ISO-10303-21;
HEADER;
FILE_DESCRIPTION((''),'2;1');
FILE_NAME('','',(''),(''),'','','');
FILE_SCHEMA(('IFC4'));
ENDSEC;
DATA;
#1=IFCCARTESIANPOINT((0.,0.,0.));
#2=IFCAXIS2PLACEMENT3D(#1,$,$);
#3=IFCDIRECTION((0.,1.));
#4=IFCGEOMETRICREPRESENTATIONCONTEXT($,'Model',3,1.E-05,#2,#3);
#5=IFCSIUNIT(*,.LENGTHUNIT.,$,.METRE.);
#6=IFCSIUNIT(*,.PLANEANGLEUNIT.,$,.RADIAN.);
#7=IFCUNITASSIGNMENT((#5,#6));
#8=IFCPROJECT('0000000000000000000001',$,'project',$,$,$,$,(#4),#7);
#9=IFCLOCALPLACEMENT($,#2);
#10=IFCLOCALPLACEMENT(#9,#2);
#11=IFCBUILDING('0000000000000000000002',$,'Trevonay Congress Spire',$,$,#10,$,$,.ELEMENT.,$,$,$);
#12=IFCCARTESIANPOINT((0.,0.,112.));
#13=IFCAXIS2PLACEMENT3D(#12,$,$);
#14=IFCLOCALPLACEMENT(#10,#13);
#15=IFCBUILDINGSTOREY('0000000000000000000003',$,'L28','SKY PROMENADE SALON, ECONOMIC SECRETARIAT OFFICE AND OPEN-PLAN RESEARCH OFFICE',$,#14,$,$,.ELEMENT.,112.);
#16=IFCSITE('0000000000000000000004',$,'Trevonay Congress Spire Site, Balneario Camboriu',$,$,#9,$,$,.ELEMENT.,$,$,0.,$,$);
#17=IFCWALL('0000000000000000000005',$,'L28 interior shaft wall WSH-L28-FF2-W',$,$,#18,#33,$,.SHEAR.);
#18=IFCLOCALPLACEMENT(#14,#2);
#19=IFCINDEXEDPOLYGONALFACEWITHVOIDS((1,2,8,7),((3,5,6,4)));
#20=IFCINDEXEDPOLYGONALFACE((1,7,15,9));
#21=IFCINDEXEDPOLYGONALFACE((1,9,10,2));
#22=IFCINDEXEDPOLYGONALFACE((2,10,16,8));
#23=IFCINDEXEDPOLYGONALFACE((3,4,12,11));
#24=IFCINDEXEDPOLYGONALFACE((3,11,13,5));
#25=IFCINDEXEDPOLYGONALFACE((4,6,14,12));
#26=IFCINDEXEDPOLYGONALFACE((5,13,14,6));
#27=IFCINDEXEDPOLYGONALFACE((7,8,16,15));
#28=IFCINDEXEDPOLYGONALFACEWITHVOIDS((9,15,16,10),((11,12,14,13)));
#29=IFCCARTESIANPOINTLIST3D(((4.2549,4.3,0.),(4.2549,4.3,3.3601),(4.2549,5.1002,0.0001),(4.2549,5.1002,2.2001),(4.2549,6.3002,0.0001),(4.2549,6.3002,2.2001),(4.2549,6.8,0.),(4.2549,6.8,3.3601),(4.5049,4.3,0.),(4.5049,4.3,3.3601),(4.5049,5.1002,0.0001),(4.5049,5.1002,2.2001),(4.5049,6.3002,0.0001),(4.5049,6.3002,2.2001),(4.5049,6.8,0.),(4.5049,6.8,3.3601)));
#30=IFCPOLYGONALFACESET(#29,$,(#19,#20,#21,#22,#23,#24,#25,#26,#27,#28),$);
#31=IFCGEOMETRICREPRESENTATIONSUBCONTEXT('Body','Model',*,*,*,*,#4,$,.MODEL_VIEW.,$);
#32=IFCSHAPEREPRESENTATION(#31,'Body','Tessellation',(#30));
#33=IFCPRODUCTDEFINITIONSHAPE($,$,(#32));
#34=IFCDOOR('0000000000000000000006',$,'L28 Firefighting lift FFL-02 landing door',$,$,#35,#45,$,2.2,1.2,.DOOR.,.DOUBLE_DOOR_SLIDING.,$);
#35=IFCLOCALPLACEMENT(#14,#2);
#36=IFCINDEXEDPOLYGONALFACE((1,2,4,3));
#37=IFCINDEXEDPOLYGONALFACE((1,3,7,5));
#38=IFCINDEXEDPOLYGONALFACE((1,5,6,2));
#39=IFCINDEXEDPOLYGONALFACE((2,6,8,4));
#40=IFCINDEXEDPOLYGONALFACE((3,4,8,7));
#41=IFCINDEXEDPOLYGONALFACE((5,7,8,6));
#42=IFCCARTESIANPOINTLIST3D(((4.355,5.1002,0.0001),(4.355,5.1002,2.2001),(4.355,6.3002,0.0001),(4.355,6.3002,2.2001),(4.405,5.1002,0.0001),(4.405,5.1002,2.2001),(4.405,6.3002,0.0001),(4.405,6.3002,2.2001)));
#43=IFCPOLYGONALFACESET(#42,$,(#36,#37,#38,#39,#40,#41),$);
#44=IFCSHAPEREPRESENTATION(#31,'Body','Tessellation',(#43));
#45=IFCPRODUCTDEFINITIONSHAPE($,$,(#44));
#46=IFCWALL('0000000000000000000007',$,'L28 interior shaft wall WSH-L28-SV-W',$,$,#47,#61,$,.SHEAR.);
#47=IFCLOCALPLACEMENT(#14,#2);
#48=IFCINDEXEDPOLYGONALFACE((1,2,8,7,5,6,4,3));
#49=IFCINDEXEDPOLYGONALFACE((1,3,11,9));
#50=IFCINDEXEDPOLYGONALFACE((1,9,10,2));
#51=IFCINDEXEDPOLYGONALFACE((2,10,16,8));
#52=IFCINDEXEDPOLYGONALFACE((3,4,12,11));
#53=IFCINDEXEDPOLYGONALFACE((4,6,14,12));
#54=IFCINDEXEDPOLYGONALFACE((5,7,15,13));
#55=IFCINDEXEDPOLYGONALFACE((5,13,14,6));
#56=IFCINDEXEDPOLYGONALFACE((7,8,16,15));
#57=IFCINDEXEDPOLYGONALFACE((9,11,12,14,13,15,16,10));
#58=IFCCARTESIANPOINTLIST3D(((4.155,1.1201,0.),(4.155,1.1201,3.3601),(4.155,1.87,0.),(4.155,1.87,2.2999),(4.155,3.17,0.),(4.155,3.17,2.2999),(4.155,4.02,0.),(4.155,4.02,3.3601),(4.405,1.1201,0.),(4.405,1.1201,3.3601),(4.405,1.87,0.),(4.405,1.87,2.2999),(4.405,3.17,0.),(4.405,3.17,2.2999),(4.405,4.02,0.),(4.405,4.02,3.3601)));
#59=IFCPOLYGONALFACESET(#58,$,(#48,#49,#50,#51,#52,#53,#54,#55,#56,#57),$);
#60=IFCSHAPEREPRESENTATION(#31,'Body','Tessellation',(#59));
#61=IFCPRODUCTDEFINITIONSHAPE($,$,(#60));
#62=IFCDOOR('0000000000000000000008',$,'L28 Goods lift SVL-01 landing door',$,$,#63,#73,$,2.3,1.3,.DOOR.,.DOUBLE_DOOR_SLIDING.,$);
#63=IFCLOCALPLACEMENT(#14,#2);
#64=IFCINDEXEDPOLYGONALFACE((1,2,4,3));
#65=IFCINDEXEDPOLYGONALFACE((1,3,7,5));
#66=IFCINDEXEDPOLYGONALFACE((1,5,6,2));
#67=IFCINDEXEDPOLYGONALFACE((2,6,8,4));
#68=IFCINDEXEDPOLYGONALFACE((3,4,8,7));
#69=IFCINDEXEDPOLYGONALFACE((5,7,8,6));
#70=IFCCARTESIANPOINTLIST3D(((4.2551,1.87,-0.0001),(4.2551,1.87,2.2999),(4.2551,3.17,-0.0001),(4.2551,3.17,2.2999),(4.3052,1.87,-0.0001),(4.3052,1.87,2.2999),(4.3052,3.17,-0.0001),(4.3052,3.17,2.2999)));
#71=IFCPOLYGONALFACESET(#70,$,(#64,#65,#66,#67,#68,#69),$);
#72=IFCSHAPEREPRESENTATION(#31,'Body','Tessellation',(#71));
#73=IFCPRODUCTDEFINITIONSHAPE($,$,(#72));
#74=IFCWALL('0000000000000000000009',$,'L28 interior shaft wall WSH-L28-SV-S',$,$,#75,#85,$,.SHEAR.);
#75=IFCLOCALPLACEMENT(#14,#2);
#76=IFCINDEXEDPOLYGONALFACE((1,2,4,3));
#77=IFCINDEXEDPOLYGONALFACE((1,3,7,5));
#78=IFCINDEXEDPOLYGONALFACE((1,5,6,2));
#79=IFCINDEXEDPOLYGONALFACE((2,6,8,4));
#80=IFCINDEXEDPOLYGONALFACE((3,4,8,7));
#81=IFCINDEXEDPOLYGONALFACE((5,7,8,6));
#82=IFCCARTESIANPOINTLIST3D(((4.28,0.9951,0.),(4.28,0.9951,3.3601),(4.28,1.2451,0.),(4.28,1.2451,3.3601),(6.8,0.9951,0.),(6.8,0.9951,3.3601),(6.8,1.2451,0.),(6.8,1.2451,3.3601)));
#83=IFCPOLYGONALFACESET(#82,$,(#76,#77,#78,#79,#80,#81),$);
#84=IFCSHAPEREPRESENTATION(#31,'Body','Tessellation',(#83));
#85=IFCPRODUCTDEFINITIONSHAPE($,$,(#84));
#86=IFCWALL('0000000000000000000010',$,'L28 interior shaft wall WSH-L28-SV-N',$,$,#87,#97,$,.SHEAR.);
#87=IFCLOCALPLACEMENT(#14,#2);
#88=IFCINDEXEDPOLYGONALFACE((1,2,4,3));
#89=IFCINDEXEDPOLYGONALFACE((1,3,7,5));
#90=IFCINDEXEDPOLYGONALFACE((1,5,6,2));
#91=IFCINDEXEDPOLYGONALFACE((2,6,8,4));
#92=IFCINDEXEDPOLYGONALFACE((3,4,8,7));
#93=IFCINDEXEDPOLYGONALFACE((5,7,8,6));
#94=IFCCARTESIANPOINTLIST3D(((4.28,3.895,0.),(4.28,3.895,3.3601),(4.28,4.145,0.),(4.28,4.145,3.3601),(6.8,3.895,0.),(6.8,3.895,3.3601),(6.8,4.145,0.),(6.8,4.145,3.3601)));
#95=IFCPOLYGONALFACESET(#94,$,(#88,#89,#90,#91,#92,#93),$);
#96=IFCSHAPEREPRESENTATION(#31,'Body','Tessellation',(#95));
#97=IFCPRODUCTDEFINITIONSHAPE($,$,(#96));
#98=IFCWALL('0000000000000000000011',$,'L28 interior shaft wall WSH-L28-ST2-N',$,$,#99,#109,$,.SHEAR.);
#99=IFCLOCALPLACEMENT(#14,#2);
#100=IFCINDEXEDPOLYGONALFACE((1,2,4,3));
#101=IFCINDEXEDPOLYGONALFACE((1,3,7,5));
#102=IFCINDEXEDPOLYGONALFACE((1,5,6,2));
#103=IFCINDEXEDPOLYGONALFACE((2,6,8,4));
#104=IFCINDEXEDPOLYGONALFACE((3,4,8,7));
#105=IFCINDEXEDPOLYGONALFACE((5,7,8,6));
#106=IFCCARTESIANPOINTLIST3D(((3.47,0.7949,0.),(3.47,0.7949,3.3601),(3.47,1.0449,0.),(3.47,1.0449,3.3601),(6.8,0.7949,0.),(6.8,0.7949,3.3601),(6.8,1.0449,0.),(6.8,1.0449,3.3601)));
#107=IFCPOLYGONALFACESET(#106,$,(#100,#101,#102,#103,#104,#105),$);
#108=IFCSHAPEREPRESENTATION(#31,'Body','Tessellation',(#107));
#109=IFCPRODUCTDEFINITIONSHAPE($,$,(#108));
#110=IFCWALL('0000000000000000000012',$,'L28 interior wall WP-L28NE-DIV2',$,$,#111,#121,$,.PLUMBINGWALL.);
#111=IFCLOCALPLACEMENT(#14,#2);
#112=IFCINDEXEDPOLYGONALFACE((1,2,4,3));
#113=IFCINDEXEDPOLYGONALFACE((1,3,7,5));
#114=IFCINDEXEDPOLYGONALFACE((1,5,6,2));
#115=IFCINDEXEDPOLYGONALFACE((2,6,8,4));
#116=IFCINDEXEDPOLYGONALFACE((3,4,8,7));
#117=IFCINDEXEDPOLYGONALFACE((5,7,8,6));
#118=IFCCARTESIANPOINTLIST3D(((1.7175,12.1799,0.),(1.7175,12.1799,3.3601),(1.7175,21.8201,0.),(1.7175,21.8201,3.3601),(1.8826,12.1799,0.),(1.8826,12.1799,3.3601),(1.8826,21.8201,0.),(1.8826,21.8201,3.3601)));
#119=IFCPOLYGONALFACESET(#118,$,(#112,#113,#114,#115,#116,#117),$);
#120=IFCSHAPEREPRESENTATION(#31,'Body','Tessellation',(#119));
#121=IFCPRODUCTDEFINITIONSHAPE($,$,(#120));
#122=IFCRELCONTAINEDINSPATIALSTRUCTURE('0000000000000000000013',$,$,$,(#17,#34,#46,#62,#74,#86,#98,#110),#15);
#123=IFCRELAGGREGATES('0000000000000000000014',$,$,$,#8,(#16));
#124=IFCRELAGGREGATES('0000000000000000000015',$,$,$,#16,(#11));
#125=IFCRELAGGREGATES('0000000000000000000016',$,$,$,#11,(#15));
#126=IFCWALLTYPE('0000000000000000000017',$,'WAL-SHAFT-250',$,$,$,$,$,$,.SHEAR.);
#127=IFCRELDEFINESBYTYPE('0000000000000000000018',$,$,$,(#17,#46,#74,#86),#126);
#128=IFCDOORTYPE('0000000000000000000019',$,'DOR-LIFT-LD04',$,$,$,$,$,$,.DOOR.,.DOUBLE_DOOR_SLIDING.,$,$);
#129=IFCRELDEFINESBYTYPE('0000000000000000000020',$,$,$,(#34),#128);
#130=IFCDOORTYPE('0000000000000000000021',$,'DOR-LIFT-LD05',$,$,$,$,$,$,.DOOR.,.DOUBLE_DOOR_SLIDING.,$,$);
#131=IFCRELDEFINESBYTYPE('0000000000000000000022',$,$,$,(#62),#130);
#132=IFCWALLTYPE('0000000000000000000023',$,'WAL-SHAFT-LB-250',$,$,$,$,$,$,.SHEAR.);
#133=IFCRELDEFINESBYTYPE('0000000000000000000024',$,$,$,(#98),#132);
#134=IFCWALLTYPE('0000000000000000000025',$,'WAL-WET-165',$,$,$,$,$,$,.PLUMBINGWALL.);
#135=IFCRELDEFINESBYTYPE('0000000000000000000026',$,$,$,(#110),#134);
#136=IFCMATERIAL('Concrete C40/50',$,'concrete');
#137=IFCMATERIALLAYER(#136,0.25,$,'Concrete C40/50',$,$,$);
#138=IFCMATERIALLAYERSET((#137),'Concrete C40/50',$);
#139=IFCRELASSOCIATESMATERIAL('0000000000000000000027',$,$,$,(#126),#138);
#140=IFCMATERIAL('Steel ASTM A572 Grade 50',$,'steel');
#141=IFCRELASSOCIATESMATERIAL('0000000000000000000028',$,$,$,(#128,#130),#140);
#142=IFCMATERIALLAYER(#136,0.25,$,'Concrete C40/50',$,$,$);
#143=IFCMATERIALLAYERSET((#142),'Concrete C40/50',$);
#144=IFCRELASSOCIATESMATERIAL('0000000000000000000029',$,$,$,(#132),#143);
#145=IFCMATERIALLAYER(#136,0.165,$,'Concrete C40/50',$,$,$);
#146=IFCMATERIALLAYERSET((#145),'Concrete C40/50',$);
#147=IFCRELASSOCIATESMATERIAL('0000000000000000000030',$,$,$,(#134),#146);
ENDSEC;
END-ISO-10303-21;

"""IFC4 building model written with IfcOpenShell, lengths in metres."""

from ifc_helpers import new_model, si_unit, direction, frame, frame_2d, origin, place, context, subcontext, project, spatial, rectangle, extrude, material, layer, layer_set, type_object, element, fill, save


model = new_model("IFC4")

# Units and contexts
model_context = context("Model", 3, precision=1e-05, world=origin(), true_north=direction((0.0, 1.0)))
body_context = subcontext(model_context, "Body", "Model", "MODEL_VIEW")
ifc_project = project(units=[si_unit("LENGTHUNIT", "METRE"), si_unit("PLANEANGLEUNIT", "RADIAN")], contexts=[model_context])

# Site, building, storey
site_placement = place(None, origin())
site = spatial("IfcSite", under=ifc_project, at=site_placement, Name="Trevonay Congress Spire Site, Balneario Camboriu", CompositionType="ELEMENT", RefElevation=0.0)
building_placement = place(site_placement, origin())
building = spatial("IfcBuilding", under=site, at=building_placement, Name="Trevonay Congress Spire", CompositionType="ELEMENT")
storey_placement = place(building_placement, frame((0.0, 0.0, 112.0)))
storey = spatial("IfcBuildingStorey", under=building, at=storey_placement, Name="L28", Description="SKY PROMENADE SALON, ECONOMIC SECRETARIAT OFFICE AND OPEN-PLAN RESEARCH OFFICE", CompositionType="ELEMENT", Elevation=112.0)

# Shared definitions
ifc_material_1 = material(Name="Steel ASTM A572 Grade 50", Category="steel")

# Shared definitions
ifc_material_2 = material(Name="Concrete C40/50", Category="concrete")
ifc_layer_1 = layer(ifc_material_2, 0.25, Name="Concrete C40/50")
ifc_layer_set_1 = layer_set([ifc_layer_1], Name="Concrete C40/50")
wall_type_1 = type_object("IfcWallType", Name="WAL-SHAFT-250", PredefinedType="SHEAR", material=ifc_layer_set_1)

# Walls, openings, doors
wall_1_placement = place(storey_placement, frame((4.3799, 4.3, 0.0), z_axis=(0.0, 0.0, 1.0), x_axis=(0.0, 1.0, 0.0)))
wall_1 = element("IfcWall", 1, at=wall_1_placement, inside=storey, type_object=wall_type_1, Name="L28 interior shaft wall WSH-L28-FF2-W", PredefinedType="SHEAR", context=body_context, shape_type="SweptSolid", body=[
    extrude(rectangle(XDim=2.5, YDim=0.25, at=frame_2d((1.25, 0.0))), origin(), (0.0, 0.0, 1.0), 3.3601),
])
opening_1_placement = place(wall_1_placement, frame((0.8, 0.0, 0.0)))
opening_1 = element("IfcOpeningElement", 2, at=opening_1_placement, cuts=wall_1, PredefinedType="OPENING", context=body_context, shape_type="SweptSolid", body=[
    extrude(rectangle(XDim=1.2, YDim=2.2, at=frame_2d((0.6001, 1.1001))), frame((0.0, 0.135, 0.0), z_axis=(0.0, -1.0, 0.0), x_axis=(1.0, 0.0, 0.0)), (0.0, 0.0, 1.0), 0.27),
])
door_type_1 = type_object("IfcDoorType", Name="DOR-LIFT-LD04", OperationType="DOUBLE_DOOR_SLIDING", PredefinedType="DOOR", material=ifc_material_1)
door_1_placement = place(opening_1_placement, origin())
door_1 = element("IfcDoor", 3, at=door_1_placement, inside=storey, type_object=door_type_1, Name="L28 Firefighting lift FFL-02 landing door", OperationType="DOUBLE_DOOR_SLIDING", OverallHeight=2.2, OverallWidth=1.2, PredefinedType="DOOR", context=body_context, shape_type="SweptSolid", body=[
    extrude(rectangle(XDim=1.2, YDim=2.2, at=frame_2d((0.6001, 1.1001))), frame((0.0, 0.0249, 0.0), z_axis=(0.0, -1.0, 0.0), x_axis=(1.0, 0.0, 0.0)), (0.0, 0.0, 1.0), 0.05),
])
fill(opening_1, door_1)
wall_2_placement = place(storey_placement, frame((4.28, 1.1201, 0.0), z_axis=(0.0, 0.0, 1.0), x_axis=(0.0, 1.0, 0.0)))
wall_2 = element("IfcWall", 4, at=wall_2_placement, inside=storey, type_object=wall_type_1, Name="L28 interior shaft wall WSH-L28-SV-W", PredefinedType="SHEAR", context=body_context, shape_type="SweptSolid", body=[
    extrude(rectangle(XDim=2.8999, YDim=0.25, at=frame_2d((1.45, 0.0))), origin(), (0.0, 0.0, 1.0), 3.3601),
])
opening_2_placement = place(wall_2_placement, frame((0.75, 0.0, 0.0)))
opening_2 = element("IfcOpeningElement", 5, at=opening_2_placement, cuts=wall_2, PredefinedType="OPENING", context=body_context, shape_type="SweptSolid", body=[
    extrude(rectangle(XDim=1.3, YDim=2.3, at=frame_2d((0.6499, 1.1499))), frame((0.0, 0.135, 0.0), z_axis=(0.0, -1.0, 0.0), x_axis=(1.0, 0.0, 0.0)), (0.0, 0.0, 1.0), 0.27),
])
door_type_2 = type_object("IfcDoorType", Name="DOR-LIFT-LD05", OperationType="DOUBLE_DOOR_SLIDING", PredefinedType="DOOR", material=ifc_material_1)
door_2_placement = place(opening_2_placement, origin())
door_2 = element("IfcDoor", 6, at=door_2_placement, inside=storey, type_object=door_type_2, Name="L28 Goods lift SVL-01 landing door", OperationType="DOUBLE_DOOR_SLIDING", OverallHeight=2.3, OverallWidth=1.3, PredefinedType="DOOR", context=body_context, shape_type="SweptSolid", body=[
    extrude(rectangle(XDim=1.3, YDim=2.3, at=frame_2d((0.6499, 1.1499))), frame((0.0, 0.0249, 0.0), z_axis=(0.0, -1.0, 0.0), x_axis=(1.0, 0.0, 0.0)), (0.0, 0.0, 1.0), 0.05),
])
fill(opening_2, door_2)

# Walls
for number, where, z_axis, x_axis, name in (
    (7, (4.28, 1.1201, 0.0), (0.0, 0.0, 1.0), (1.0, 0.0, 0.0), "L28 interior shaft wall WSH-L28-SV-S"),
    (8, (4.28, 4.02, 0.0), (0.0, 0.0, 1.0), (1.0, 0.0, 0.0), "L28 interior shaft wall WSH-L28-SV-N"),
):
    element("IfcWall", number, at=place(storey_placement, frame(where, z_axis=z_axis, x_axis=x_axis)), inside=storey, type_object=wall_type_1, Name=name, PredefinedType="SHEAR", context=body_context, shape_type="SweptSolid", body=[
        extrude(rectangle(XDim=2.52, YDim=0.25, at=frame_2d((1.26, 0.0))), origin(), (0.0, 0.0, 1.0), 3.3601),
    ])
ifc_layer_2 = layer(ifc_material_2, 0.25, Name="Concrete C40/50")
ifc_layer_set_2 = layer_set([ifc_layer_2], Name="Concrete C40/50")
wall_type_2 = type_object("IfcWallType", Name="WAL-SHAFT-LB-250", PredefinedType="SHEAR", material=ifc_layer_set_2)
wall_3_placement = place(storey_placement, frame((3.47, 0.9199, 0.0), z_axis=(0.0, 0.0, 1.0), x_axis=(1.0, 0.0, 0.0)))
element("IfcWall", 9, at=wall_3_placement, inside=storey, type_object=wall_type_2, Name="L28 interior shaft wall WSH-L28-ST2-N", PredefinedType="SHEAR", context=body_context, shape_type="SweptSolid", body=[
    extrude(rectangle(XDim=3.3301, YDim=0.25, at=frame_2d((1.665, 0.0))), origin(), (0.0, 0.0, 1.0), 3.3601),
])
ifc_layer_3 = layer(ifc_material_2, 0.165, Name="Concrete C40/50")
ifc_layer_set_3 = layer_set([ifc_layer_3], Name="Concrete C40/50")
wall_type_3 = type_object("IfcWallType", Name="WAL-WET-165", PredefinedType="PLUMBINGWALL", material=ifc_layer_set_3)
wall_4_placement = place(storey_placement, frame((1.8, 12.1799, 0.0), z_axis=(0.0, 0.0, 1.0), x_axis=(0.0, 1.0, 0.0)))
element("IfcWall", 10, at=wall_4_placement, inside=storey, type_object=wall_type_3, Name="L28 interior wall WP-L28NE-DIV2", PredefinedType="PLUMBINGWALL", context=body_context, shape_type="SweptSolid", body=[
    extrude(rectangle(XDim=9.6401, YDim=0.165, at=frame_2d((4.8201, 0.0))), origin(), (0.0, 0.0, 1.0), 3.3601),
])

save(model, "model.ifc")
